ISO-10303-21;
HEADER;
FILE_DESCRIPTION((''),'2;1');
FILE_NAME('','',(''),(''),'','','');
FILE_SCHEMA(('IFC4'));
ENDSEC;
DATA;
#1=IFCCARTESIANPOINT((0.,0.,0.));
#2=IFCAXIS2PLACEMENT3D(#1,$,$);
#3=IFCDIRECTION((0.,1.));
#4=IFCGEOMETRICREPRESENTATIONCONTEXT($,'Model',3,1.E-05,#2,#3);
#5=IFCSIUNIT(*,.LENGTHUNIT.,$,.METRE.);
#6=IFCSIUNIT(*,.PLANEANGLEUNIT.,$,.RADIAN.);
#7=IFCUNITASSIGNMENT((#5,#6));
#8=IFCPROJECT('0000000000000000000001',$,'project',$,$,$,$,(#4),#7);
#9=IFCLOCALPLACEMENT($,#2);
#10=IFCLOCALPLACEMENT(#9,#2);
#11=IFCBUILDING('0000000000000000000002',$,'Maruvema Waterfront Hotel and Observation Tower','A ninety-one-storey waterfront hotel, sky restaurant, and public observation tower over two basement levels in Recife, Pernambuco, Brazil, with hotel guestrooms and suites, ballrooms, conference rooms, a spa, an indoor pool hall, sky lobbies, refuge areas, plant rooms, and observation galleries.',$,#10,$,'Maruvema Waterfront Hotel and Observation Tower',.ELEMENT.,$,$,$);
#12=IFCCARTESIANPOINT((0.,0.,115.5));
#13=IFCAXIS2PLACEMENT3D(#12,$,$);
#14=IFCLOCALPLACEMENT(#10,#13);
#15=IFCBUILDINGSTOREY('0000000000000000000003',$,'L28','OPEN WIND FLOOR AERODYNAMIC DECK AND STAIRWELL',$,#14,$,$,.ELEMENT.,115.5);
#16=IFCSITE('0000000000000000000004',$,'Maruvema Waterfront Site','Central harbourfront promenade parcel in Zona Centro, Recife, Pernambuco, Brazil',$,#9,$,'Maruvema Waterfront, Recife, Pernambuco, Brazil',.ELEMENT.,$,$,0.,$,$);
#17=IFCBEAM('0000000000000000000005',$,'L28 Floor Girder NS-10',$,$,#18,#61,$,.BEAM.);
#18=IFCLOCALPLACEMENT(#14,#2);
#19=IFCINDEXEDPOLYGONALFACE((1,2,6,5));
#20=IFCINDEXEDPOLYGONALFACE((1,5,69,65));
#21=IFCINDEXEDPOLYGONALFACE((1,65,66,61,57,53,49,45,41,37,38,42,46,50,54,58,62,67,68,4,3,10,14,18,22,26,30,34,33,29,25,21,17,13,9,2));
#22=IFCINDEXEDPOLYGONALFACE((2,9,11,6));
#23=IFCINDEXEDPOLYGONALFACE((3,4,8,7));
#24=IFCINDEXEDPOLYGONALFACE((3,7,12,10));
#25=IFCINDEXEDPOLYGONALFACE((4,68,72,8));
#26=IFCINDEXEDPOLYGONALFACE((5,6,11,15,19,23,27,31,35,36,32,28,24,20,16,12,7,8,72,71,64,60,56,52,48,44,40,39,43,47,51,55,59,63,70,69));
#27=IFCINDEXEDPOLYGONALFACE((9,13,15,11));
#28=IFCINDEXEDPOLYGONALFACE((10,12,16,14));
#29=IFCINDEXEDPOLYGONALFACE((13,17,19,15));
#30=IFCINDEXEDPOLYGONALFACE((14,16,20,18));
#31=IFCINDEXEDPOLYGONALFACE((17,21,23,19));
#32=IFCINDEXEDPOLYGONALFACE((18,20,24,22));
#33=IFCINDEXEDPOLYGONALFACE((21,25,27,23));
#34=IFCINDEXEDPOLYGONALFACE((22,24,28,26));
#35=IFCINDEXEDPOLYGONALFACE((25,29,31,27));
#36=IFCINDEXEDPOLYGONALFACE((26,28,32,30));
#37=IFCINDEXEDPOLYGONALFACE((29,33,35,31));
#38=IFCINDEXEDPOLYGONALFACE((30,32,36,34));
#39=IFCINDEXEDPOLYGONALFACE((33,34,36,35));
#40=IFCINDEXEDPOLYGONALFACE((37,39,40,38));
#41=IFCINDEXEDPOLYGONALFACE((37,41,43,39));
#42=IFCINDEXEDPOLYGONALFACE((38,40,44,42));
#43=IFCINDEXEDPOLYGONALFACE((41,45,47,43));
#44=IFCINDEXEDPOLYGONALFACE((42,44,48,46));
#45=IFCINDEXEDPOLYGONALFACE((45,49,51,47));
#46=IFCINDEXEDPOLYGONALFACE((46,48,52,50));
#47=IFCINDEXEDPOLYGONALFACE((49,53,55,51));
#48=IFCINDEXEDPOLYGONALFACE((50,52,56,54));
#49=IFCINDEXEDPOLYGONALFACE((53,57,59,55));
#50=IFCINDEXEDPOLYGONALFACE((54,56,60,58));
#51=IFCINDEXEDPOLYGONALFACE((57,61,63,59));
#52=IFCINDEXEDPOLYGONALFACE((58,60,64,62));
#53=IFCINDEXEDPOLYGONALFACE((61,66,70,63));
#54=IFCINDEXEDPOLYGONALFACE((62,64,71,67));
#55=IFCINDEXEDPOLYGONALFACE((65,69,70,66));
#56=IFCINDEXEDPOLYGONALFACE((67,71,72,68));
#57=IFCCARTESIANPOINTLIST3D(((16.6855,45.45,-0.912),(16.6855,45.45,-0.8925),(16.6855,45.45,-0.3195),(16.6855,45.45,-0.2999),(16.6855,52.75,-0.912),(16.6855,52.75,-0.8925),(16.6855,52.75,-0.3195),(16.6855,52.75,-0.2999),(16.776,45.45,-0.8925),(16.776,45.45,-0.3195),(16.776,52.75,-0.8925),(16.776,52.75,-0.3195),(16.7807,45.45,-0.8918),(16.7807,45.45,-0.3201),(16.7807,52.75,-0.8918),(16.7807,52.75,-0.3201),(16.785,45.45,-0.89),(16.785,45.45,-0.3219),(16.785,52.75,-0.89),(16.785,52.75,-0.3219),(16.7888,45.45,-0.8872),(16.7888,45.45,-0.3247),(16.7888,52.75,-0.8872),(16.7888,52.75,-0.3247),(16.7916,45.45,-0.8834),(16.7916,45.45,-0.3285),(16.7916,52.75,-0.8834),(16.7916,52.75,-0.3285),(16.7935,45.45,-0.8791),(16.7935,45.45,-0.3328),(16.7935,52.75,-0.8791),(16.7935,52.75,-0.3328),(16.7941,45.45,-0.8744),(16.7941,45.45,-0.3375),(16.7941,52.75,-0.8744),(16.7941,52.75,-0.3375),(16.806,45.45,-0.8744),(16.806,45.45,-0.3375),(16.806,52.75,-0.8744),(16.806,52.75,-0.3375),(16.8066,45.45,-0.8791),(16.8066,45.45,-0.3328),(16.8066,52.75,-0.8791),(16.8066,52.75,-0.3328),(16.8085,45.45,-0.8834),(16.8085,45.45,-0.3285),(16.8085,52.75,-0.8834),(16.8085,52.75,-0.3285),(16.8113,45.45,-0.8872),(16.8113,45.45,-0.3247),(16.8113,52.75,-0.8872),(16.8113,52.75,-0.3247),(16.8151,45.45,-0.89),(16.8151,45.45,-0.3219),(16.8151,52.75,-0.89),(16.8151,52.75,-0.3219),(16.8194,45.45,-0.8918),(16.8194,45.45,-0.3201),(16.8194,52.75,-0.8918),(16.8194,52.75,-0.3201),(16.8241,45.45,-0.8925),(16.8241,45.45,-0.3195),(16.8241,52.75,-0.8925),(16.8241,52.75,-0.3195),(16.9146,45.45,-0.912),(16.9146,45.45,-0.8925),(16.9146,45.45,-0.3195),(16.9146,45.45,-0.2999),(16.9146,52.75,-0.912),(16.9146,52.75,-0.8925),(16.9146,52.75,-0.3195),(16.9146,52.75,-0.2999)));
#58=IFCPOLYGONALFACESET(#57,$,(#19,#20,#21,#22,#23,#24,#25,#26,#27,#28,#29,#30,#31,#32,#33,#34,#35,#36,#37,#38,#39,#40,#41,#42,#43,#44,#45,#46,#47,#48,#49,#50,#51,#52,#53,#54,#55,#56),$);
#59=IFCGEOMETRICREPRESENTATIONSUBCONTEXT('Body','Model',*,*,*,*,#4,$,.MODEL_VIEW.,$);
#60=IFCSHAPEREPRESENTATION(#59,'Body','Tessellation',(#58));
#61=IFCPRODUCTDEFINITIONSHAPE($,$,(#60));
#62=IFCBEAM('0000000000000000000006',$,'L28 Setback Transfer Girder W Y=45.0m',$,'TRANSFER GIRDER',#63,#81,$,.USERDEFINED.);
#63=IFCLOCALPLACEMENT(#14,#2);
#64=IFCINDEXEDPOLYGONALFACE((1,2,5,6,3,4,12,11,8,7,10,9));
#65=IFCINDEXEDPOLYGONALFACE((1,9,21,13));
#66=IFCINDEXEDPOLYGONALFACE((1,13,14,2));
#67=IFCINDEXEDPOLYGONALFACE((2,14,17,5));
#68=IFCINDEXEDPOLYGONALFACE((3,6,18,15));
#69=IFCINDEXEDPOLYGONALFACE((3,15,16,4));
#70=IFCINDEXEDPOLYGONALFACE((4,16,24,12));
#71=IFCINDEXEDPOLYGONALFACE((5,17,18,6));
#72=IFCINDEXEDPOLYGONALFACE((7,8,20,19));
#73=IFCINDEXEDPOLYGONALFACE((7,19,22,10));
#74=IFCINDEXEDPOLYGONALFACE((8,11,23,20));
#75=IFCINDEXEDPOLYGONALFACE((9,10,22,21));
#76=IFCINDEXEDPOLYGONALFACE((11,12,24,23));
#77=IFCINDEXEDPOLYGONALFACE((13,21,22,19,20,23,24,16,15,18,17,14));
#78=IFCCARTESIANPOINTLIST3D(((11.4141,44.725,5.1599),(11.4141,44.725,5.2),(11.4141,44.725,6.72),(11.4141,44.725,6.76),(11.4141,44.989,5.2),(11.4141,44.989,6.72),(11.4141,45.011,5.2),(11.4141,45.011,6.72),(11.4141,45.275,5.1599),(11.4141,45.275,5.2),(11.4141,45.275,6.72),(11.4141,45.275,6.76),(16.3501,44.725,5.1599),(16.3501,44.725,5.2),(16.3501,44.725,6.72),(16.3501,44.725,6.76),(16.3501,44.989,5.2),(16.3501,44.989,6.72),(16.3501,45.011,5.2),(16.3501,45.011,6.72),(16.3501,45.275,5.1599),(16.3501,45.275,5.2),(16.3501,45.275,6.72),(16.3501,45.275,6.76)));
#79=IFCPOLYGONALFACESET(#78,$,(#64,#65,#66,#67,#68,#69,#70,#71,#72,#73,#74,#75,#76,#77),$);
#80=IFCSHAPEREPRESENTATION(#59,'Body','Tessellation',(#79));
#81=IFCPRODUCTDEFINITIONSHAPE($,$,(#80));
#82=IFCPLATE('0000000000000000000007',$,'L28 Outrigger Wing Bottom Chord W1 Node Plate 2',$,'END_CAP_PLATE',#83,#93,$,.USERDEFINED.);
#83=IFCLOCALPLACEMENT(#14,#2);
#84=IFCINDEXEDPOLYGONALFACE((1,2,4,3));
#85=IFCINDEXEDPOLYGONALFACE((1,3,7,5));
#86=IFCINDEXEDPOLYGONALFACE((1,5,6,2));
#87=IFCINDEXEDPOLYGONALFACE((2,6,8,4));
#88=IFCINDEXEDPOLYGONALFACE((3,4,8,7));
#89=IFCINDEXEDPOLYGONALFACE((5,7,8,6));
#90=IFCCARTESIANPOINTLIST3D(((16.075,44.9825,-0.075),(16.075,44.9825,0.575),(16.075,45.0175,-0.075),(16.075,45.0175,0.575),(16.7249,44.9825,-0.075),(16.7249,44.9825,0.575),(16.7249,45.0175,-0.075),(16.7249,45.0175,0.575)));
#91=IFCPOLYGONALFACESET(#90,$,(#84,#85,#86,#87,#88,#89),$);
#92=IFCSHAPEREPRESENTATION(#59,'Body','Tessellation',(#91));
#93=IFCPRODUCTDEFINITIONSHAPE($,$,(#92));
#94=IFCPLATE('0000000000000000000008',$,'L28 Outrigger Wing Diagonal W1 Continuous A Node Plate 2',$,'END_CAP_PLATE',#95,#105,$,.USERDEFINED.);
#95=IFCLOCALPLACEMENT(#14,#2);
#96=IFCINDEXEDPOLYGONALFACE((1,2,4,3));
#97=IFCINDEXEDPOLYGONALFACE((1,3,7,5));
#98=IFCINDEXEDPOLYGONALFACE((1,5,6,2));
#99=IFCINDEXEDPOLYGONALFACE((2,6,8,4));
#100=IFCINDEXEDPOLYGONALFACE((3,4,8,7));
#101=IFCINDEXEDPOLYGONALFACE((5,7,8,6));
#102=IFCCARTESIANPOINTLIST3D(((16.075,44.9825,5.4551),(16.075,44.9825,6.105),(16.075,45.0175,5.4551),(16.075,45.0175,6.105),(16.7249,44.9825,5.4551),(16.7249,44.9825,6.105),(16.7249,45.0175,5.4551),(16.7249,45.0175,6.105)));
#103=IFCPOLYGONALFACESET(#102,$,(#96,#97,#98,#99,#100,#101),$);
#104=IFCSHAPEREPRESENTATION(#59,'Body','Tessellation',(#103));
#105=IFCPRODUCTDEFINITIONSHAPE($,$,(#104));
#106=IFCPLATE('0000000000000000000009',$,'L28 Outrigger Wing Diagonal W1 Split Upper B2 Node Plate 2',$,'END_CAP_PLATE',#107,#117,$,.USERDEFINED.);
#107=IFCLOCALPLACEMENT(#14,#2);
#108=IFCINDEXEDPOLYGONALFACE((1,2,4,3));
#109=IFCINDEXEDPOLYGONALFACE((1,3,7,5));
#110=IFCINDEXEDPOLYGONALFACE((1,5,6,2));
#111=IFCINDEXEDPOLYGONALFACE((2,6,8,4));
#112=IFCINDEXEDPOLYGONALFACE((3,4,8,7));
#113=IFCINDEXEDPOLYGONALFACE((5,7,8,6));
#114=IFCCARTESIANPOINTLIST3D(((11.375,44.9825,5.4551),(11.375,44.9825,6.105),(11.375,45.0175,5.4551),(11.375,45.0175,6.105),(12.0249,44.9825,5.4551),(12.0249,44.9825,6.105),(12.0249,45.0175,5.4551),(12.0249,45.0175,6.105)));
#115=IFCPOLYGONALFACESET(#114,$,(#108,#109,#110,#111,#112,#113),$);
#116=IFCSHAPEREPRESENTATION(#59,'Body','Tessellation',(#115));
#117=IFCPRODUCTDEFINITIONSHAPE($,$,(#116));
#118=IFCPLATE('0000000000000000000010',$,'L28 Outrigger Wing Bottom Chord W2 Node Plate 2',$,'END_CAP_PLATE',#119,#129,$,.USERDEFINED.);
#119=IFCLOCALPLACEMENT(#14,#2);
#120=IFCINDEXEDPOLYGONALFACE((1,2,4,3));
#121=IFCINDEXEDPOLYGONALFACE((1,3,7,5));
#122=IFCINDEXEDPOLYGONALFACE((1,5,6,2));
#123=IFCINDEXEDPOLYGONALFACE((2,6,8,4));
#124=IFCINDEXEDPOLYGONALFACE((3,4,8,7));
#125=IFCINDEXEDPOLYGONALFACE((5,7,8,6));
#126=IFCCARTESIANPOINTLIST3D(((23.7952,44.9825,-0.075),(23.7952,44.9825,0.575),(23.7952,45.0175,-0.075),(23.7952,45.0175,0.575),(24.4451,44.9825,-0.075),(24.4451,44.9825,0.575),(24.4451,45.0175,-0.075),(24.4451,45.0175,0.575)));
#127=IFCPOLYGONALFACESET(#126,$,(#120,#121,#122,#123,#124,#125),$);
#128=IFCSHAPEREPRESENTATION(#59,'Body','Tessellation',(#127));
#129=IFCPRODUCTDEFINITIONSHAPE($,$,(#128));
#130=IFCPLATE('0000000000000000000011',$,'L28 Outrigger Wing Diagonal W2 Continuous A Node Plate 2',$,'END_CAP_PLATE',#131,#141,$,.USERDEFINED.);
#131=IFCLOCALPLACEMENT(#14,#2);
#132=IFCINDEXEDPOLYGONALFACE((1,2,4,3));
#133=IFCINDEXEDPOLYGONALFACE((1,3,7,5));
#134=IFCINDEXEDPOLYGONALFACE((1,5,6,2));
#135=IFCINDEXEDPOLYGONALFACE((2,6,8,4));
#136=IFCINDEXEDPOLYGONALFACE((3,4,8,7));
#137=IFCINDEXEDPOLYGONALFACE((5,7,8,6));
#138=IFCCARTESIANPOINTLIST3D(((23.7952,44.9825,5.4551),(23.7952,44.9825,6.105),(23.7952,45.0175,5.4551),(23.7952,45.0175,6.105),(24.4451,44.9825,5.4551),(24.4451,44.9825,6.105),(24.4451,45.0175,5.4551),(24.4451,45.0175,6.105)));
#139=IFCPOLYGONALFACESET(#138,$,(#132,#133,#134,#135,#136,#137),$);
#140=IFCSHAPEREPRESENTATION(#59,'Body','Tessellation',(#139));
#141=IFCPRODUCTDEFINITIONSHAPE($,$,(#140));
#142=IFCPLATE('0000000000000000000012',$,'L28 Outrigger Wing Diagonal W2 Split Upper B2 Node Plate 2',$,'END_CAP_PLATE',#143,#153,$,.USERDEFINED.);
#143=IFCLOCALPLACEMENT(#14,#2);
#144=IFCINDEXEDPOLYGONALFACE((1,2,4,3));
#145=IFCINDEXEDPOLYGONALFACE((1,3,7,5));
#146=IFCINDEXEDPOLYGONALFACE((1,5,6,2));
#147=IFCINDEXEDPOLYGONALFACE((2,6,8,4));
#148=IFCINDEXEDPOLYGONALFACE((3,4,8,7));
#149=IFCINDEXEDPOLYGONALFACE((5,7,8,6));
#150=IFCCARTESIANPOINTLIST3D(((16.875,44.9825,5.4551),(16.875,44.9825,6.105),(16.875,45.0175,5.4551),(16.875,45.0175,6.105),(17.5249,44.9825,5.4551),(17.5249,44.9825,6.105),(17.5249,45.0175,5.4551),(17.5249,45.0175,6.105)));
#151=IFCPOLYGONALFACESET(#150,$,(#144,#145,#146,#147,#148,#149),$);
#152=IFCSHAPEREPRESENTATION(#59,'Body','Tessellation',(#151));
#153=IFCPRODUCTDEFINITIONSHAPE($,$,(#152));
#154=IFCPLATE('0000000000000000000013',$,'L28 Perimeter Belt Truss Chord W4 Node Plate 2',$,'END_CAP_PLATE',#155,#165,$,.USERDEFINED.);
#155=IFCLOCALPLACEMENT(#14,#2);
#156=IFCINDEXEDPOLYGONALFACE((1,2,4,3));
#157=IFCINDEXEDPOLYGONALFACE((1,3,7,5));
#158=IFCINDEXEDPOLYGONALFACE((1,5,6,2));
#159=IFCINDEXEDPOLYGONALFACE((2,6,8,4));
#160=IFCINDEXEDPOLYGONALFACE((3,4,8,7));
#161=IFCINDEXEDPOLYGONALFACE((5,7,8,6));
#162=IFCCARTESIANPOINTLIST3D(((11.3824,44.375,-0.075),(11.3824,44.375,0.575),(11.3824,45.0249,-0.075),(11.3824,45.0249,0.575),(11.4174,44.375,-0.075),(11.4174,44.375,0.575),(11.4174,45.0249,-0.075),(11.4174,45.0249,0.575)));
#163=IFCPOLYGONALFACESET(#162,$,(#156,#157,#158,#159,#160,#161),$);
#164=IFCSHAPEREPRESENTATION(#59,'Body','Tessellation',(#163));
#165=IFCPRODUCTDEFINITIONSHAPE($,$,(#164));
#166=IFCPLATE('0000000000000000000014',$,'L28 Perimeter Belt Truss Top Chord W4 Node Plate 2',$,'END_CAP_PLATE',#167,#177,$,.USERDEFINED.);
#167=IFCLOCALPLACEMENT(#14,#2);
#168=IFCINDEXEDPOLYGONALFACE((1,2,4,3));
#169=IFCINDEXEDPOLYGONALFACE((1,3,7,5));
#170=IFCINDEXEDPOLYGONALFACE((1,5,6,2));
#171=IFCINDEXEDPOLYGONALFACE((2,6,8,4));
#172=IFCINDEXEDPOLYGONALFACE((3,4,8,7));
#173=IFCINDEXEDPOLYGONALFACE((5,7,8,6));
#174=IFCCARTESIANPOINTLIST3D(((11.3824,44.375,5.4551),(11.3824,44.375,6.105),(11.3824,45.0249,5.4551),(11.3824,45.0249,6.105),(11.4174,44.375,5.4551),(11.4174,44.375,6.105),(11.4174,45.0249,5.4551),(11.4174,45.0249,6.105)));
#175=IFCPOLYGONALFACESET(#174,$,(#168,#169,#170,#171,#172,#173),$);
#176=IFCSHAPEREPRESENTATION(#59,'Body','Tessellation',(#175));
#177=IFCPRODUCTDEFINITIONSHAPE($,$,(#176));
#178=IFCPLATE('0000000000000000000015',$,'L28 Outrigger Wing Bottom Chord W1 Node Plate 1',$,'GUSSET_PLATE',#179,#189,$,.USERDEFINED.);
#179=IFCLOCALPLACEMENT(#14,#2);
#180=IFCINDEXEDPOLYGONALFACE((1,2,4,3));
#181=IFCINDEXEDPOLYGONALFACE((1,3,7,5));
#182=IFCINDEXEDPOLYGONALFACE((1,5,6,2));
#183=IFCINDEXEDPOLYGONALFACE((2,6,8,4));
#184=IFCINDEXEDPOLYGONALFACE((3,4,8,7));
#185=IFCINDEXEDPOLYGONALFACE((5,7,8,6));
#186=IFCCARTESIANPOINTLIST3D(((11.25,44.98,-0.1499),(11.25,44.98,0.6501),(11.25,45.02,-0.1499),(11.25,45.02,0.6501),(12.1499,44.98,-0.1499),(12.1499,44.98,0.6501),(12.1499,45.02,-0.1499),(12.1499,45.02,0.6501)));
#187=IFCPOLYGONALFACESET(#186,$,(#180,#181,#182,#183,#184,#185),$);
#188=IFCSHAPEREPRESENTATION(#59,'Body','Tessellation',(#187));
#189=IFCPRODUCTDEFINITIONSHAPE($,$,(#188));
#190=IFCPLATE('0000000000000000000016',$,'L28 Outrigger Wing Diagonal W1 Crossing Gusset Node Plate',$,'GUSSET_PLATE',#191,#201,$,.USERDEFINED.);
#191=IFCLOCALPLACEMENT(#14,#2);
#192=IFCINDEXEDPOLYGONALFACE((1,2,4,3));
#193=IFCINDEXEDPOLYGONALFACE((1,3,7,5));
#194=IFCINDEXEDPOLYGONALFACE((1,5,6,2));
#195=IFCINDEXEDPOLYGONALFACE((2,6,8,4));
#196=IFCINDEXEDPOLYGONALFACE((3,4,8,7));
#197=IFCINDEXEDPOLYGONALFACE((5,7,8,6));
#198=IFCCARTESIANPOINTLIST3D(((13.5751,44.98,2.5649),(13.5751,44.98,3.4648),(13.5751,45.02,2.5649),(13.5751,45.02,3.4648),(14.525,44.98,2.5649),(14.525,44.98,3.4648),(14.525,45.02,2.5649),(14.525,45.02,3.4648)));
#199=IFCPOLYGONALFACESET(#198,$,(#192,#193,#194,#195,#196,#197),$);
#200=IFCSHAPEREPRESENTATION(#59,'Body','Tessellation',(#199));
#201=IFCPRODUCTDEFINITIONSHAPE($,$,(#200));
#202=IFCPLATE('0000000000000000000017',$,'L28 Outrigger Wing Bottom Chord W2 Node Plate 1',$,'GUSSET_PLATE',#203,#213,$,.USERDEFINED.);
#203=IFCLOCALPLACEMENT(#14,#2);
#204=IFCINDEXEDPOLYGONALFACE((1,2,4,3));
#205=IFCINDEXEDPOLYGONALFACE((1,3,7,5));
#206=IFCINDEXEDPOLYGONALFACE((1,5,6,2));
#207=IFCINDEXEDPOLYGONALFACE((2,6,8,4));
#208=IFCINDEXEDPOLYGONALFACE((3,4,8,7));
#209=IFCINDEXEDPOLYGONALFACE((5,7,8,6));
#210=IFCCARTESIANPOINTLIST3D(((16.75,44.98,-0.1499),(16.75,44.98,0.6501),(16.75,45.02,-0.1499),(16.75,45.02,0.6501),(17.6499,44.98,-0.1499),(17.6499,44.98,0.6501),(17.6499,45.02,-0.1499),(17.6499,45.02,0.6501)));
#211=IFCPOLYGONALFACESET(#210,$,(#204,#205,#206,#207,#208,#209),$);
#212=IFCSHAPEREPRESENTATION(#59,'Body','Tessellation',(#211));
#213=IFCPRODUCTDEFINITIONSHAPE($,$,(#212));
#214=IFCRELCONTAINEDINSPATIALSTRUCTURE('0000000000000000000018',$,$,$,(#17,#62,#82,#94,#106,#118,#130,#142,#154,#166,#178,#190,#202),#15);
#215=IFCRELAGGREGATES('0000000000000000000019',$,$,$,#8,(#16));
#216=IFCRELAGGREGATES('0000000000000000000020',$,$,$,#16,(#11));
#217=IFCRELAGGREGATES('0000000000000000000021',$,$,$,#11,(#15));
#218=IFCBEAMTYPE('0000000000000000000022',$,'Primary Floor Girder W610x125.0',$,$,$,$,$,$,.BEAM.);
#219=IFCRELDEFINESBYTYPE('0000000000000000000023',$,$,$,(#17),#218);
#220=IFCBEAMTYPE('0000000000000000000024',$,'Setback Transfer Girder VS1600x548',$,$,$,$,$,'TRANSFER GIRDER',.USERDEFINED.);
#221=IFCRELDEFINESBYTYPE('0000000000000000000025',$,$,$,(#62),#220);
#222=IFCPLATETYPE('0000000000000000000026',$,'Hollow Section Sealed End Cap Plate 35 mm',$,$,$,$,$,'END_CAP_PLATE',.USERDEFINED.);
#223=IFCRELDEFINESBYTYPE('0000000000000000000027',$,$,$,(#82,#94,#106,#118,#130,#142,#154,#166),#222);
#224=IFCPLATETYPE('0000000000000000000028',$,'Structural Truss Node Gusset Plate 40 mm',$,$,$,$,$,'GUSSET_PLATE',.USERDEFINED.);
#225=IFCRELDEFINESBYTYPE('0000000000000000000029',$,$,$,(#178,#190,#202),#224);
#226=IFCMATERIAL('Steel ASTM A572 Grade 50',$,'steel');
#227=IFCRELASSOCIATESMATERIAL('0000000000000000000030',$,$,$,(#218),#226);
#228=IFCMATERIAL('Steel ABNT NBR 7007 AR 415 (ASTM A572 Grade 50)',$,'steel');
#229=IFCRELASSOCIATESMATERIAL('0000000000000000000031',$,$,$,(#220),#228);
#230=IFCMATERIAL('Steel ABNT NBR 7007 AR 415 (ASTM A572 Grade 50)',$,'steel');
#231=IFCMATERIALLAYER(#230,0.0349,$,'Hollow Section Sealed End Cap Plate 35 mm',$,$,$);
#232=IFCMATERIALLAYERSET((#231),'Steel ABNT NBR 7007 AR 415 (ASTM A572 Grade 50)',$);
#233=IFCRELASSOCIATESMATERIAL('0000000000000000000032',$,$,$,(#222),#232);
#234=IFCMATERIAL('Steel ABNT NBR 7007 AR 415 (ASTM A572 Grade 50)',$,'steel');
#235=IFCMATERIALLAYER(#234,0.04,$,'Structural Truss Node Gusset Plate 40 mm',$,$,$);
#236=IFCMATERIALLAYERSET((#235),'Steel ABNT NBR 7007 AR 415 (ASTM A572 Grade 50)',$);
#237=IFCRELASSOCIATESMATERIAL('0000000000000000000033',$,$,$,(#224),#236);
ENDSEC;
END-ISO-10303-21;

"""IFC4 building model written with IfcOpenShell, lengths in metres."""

from ifc_helpers import new_model, si_unit, direction, frame, origin, origin_2d, place, context, subcontext, project, spatial, rectangle, i_section, extrude, material, layer, layer_set, material_profile, profile_set, type_object, element, save


model = new_model("IFC4")

# Units and contexts
model_context = context("Model", 3, precision=1e-05, world=origin(), true_north=direction((0.0, 1.0)))
body_context = subcontext(model_context, "Body", "Model", "MODEL_VIEW")
ifc_project = project(units=[si_unit("LENGTHUNIT", "METRE"), si_unit("PLANEANGLEUNIT", "RADIAN")], contexts=[model_context])

# Site, building, storey
site_placement = place(None, origin())
site = spatial("IfcSite", under=ifc_project, at=site_placement, Name="Maruvema Waterfront Site", Description="Central harbourfront promenade parcel in Zona Centro, Recife, Pernambuco, Brazil", LongName="Maruvema Waterfront, Recife, Pernambuco, Brazil", CompositionType="ELEMENT", RefElevation=0.0)
building_placement = place(site_placement, origin())
building = spatial("IfcBuilding", under=site, at=building_placement, Name="Maruvema Waterfront Hotel and Observation Tower", Description="A ninety-one-storey waterfront hotel, sky restaurant, and public observation tower over two basement levels in Recife, Pernambuco, Brazil, with hotel guestrooms and suites, ballrooms, conference rooms, a spa, an indoor pool hall, sky lobbies, refuge areas, plant rooms, and observation galleries.", LongName="Maruvema Waterfront Hotel and Observation Tower", CompositionType="ELEMENT")
storey_placement = place(building_placement, frame((0.0, 0.0, 115.5)))
storey = spatial("IfcBuildingStorey", under=building, at=storey_placement, Name="L28", Description="OPEN WIND FLOOR AERODYNAMIC DECK AND STAIRWELL", CompositionType="ELEMENT", Elevation=115.5)

# Beams
ifc_material_1 = material(Name="Steel ASTM A572 Grade 50", Category="steel")
ifc_material_profile_1 = material_profile(ifc_material_1, i_section(OverallWidth=0.229, OverallDepth=0.6121, WebThickness=0.012, FlangeThickness=0.0195, FilletRadius=0.0181, at=origin_2d()), Name="W610x125.0")
ifc_profile_set_1 = profile_set([ifc_material_profile_1], Name="Steel ASTM A572 Grade 50")
beam_type_1 = type_object("IfcBeamType", Name="Primary Floor Girder W610x125.0", PredefinedType="BEAM", material=ifc_profile_set_1)
beam_1_placement = place(storey_placement, frame((16.8, 45.45, -0.606), z_axis=(0.0, 1.0, 0.0), x_axis=(-1.0, 0.0, 0.0)))
element("IfcBeam", 1, at=beam_1_placement, inside=storey, type_object=beam_type_1, Name="L28 Floor Girder NS-10", PredefinedType="BEAM", context=body_context, shape_type="SweptSolid", body=[
    extrude(i_section(OverallWidth=0.229, OverallDepth=0.6121, WebThickness=0.012, FlangeThickness=0.0195, FilletRadius=0.0181, at=origin_2d()), origin(), (0.0, 0.0, 1.0), 7.3),
])
ifc_material_2 = material(Name="Steel ABNT NBR 7007 AR 415 (ASTM A572 Grade 50)", Category="steel")
ifc_material_profile_2 = material_profile(ifc_material_2, i_section(OverallWidth=0.55, OverallDepth=1.6001, WebThickness=0.022, FlangeThickness=0.04, at=origin_2d()), Name="VS1600x548")
ifc_profile_set_2 = profile_set([ifc_material_profile_2], Name="Steel ABNT NBR 7007 AR 415 (ASTM A572 Grade 50)")
beam_type_2 = type_object("IfcBeamType", Name="Setback Transfer Girder VS1600x548", ElementType="TRANSFER GIRDER", PredefinedType="USERDEFINED", material=ifc_profile_set_2)
beam_2_placement = place(storey_placement, frame((11.4141, 45.0, 5.96), z_axis=(1.0, 0.0, 0.0), x_axis=(0.0, 1.0, 0.0)))
element("IfcBeam", 2, at=beam_2_placement, inside=storey, type_object=beam_type_2, Name="L28 Setback Transfer Girder W Y=45.0m", ObjectType="TRANSFER GIRDER", PredefinedType="USERDEFINED", context=body_context, shape_type="SweptSolid", body=[
    extrude(i_section(OverallWidth=0.55, OverallDepth=1.6001, WebThickness=0.022, FlangeThickness=0.04, at=origin_2d()), origin(), (0.0, 0.0, 1.0), 4.936),
])

# Plates
ifc_material_3 = material(Name="Steel ABNT NBR 7007 AR 415 (ASTM A572 Grade 50)", Category="steel")
ifc_layer_1 = layer(ifc_material_3, 0.0349, Name="Hollow Section Sealed End Cap Plate 35 mm")
ifc_layer_set_1 = layer_set([ifc_layer_1], Name="Steel ABNT NBR 7007 AR 415 (ASTM A572 Grade 50)")
plate_type_1 = type_object("IfcPlateType", Name="Hollow Section Sealed End Cap Plate 35 mm", ElementType="END_CAP_PLATE", PredefinedType="USERDEFINED", material=ifc_layer_set_1)
for number, where, z_axis, x_axis, name in (
    (3, (16.3999, 45.0, -0.075), (0.0, 0.0, 1.0), (1.0, 0.0, 0.0), "L28 Outrigger Wing Bottom Chord W1 Node Plate 2"),
    (4, (16.3999, 45.0, 5.4551), (0.0, 0.0, 1.0), (1.0, 0.0, 0.0), "L28 Outrigger Wing Diagonal W1 Continuous A Node Plate 2"),
    (5, (11.7, 45.0, 5.4551), (0.0, 0.0, 1.0), (-1.0, 0.0, 0.0), "L28 Outrigger Wing Diagonal W1 Split Upper B2 Node Plate 2"),
    (6, (24.1201, 45.0, -0.075), (0.0, 0.0, 1.0), (1.0, 0.0, 0.0), "L28 Outrigger Wing Bottom Chord W2 Node Plate 2"),
    (7, (24.1201, 45.0, 5.4551), (0.0, 0.0, 1.0), (1.0, 0.0, 0.0), "L28 Outrigger Wing Diagonal W2 Continuous A Node Plate 2"),
    (8, (17.2, 45.0, 5.4551), (0.0, 0.0, 1.0), (-1.0, 0.0, 0.0), "L28 Outrigger Wing Diagonal W2 Split Upper B2 Node Plate 2"),
    (9, (11.3999, 44.7, -0.075), (0.0, 0.0, 1.0), (0.0, 1.0, 0.0), "L28 Perimeter Belt Truss Chord W4 Node Plate 2"),
    (10, (11.3999, 44.7, 5.4551), (0.0, 0.0, 1.0), (0.0, 1.0, 0.0), "L28 Perimeter Belt Truss Top Chord W4 Node Plate 2"),
):
    element("IfcPlate", number, at=place(storey_placement, frame(where, z_axis=z_axis, x_axis=x_axis)), inside=storey, type_object=plate_type_1, Name=name, ObjectType="END_CAP_PLATE", PredefinedType="USERDEFINED", context=body_context, shape_type="SweptSolid", body=[
        extrude(rectangle(XDim=0.6499, YDim=0.0349, at=origin_2d()), origin(), (0.0, 0.0, 1.0), 0.6499),
    ])
ifc_material_4 = material(Name="Steel ABNT NBR 7007 AR 415 (ASTM A572 Grade 50)", Category="steel")
ifc_layer_2 = layer(ifc_material_4, 0.04, Name="Structural Truss Node Gusset Plate 40 mm")
ifc_layer_set_2 = layer_set([ifc_layer_2], Name="Steel ABNT NBR 7007 AR 415 (ASTM A572 Grade 50)")
plate_type_2 = type_object("IfcPlateType", Name="Structural Truss Node Gusset Plate 40 mm", ElementType="GUSSET_PLATE", PredefinedType="USERDEFINED", material=ifc_layer_set_2)
plate_1_placement = place(storey_placement, frame((11.7, 45.0, -0.1499), z_axis=(0.0, 0.0, 1.0), x_axis=(1.0, 0.0, 0.0)))
element("IfcPlate", 11, at=plate_1_placement, inside=storey, type_object=plate_type_2, Name="L28 Outrigger Wing Bottom Chord W1 Node Plate 1", ObjectType="GUSSET_PLATE", PredefinedType="USERDEFINED", context=body_context, shape_type="SweptSolid", body=[
    extrude(rectangle(XDim=0.8999, YDim=0.04, at=origin_2d()), origin(), (0.0, 0.0, 1.0), 0.8),
])
plate_2_placement = place(storey_placement, frame((14.05, 45.0, 2.5649), z_axis=(0.0, 0.0, 1.0), x_axis=(-1.0, 0.0, 0.0)))
element("IfcPlate", 12, at=plate_2_placement, inside=storey, type_object=plate_type_2, Name="L28 Outrigger Wing Diagonal W1 Crossing Gusset Node Plate", ObjectType="GUSSET_PLATE", PredefinedType="USERDEFINED", context=body_context, shape_type="SweptSolid", body=[
    extrude(rectangle(XDim=0.95, YDim=0.04, at=origin_2d()), origin(), (0.0, 0.0, 1.0), 0.8999),
])
plate_3_placement = place(storey_placement, frame((17.2, 45.0, -0.1499), z_axis=(0.0, 0.0, 1.0), x_axis=(1.0, 0.0, 0.0)))
element("IfcPlate", 13, at=plate_3_placement, inside=storey, type_object=plate_type_2, Name="L28 Outrigger Wing Bottom Chord W2 Node Plate 1", ObjectType="GUSSET_PLATE", PredefinedType="USERDEFINED", context=body_context, shape_type="SweptSolid", body=[
    extrude(rectangle(XDim=0.8999, YDim=0.04, at=origin_2d()), origin(), (0.0, 0.0, 1.0), 0.8),
])

save(model, "model.ifc")
